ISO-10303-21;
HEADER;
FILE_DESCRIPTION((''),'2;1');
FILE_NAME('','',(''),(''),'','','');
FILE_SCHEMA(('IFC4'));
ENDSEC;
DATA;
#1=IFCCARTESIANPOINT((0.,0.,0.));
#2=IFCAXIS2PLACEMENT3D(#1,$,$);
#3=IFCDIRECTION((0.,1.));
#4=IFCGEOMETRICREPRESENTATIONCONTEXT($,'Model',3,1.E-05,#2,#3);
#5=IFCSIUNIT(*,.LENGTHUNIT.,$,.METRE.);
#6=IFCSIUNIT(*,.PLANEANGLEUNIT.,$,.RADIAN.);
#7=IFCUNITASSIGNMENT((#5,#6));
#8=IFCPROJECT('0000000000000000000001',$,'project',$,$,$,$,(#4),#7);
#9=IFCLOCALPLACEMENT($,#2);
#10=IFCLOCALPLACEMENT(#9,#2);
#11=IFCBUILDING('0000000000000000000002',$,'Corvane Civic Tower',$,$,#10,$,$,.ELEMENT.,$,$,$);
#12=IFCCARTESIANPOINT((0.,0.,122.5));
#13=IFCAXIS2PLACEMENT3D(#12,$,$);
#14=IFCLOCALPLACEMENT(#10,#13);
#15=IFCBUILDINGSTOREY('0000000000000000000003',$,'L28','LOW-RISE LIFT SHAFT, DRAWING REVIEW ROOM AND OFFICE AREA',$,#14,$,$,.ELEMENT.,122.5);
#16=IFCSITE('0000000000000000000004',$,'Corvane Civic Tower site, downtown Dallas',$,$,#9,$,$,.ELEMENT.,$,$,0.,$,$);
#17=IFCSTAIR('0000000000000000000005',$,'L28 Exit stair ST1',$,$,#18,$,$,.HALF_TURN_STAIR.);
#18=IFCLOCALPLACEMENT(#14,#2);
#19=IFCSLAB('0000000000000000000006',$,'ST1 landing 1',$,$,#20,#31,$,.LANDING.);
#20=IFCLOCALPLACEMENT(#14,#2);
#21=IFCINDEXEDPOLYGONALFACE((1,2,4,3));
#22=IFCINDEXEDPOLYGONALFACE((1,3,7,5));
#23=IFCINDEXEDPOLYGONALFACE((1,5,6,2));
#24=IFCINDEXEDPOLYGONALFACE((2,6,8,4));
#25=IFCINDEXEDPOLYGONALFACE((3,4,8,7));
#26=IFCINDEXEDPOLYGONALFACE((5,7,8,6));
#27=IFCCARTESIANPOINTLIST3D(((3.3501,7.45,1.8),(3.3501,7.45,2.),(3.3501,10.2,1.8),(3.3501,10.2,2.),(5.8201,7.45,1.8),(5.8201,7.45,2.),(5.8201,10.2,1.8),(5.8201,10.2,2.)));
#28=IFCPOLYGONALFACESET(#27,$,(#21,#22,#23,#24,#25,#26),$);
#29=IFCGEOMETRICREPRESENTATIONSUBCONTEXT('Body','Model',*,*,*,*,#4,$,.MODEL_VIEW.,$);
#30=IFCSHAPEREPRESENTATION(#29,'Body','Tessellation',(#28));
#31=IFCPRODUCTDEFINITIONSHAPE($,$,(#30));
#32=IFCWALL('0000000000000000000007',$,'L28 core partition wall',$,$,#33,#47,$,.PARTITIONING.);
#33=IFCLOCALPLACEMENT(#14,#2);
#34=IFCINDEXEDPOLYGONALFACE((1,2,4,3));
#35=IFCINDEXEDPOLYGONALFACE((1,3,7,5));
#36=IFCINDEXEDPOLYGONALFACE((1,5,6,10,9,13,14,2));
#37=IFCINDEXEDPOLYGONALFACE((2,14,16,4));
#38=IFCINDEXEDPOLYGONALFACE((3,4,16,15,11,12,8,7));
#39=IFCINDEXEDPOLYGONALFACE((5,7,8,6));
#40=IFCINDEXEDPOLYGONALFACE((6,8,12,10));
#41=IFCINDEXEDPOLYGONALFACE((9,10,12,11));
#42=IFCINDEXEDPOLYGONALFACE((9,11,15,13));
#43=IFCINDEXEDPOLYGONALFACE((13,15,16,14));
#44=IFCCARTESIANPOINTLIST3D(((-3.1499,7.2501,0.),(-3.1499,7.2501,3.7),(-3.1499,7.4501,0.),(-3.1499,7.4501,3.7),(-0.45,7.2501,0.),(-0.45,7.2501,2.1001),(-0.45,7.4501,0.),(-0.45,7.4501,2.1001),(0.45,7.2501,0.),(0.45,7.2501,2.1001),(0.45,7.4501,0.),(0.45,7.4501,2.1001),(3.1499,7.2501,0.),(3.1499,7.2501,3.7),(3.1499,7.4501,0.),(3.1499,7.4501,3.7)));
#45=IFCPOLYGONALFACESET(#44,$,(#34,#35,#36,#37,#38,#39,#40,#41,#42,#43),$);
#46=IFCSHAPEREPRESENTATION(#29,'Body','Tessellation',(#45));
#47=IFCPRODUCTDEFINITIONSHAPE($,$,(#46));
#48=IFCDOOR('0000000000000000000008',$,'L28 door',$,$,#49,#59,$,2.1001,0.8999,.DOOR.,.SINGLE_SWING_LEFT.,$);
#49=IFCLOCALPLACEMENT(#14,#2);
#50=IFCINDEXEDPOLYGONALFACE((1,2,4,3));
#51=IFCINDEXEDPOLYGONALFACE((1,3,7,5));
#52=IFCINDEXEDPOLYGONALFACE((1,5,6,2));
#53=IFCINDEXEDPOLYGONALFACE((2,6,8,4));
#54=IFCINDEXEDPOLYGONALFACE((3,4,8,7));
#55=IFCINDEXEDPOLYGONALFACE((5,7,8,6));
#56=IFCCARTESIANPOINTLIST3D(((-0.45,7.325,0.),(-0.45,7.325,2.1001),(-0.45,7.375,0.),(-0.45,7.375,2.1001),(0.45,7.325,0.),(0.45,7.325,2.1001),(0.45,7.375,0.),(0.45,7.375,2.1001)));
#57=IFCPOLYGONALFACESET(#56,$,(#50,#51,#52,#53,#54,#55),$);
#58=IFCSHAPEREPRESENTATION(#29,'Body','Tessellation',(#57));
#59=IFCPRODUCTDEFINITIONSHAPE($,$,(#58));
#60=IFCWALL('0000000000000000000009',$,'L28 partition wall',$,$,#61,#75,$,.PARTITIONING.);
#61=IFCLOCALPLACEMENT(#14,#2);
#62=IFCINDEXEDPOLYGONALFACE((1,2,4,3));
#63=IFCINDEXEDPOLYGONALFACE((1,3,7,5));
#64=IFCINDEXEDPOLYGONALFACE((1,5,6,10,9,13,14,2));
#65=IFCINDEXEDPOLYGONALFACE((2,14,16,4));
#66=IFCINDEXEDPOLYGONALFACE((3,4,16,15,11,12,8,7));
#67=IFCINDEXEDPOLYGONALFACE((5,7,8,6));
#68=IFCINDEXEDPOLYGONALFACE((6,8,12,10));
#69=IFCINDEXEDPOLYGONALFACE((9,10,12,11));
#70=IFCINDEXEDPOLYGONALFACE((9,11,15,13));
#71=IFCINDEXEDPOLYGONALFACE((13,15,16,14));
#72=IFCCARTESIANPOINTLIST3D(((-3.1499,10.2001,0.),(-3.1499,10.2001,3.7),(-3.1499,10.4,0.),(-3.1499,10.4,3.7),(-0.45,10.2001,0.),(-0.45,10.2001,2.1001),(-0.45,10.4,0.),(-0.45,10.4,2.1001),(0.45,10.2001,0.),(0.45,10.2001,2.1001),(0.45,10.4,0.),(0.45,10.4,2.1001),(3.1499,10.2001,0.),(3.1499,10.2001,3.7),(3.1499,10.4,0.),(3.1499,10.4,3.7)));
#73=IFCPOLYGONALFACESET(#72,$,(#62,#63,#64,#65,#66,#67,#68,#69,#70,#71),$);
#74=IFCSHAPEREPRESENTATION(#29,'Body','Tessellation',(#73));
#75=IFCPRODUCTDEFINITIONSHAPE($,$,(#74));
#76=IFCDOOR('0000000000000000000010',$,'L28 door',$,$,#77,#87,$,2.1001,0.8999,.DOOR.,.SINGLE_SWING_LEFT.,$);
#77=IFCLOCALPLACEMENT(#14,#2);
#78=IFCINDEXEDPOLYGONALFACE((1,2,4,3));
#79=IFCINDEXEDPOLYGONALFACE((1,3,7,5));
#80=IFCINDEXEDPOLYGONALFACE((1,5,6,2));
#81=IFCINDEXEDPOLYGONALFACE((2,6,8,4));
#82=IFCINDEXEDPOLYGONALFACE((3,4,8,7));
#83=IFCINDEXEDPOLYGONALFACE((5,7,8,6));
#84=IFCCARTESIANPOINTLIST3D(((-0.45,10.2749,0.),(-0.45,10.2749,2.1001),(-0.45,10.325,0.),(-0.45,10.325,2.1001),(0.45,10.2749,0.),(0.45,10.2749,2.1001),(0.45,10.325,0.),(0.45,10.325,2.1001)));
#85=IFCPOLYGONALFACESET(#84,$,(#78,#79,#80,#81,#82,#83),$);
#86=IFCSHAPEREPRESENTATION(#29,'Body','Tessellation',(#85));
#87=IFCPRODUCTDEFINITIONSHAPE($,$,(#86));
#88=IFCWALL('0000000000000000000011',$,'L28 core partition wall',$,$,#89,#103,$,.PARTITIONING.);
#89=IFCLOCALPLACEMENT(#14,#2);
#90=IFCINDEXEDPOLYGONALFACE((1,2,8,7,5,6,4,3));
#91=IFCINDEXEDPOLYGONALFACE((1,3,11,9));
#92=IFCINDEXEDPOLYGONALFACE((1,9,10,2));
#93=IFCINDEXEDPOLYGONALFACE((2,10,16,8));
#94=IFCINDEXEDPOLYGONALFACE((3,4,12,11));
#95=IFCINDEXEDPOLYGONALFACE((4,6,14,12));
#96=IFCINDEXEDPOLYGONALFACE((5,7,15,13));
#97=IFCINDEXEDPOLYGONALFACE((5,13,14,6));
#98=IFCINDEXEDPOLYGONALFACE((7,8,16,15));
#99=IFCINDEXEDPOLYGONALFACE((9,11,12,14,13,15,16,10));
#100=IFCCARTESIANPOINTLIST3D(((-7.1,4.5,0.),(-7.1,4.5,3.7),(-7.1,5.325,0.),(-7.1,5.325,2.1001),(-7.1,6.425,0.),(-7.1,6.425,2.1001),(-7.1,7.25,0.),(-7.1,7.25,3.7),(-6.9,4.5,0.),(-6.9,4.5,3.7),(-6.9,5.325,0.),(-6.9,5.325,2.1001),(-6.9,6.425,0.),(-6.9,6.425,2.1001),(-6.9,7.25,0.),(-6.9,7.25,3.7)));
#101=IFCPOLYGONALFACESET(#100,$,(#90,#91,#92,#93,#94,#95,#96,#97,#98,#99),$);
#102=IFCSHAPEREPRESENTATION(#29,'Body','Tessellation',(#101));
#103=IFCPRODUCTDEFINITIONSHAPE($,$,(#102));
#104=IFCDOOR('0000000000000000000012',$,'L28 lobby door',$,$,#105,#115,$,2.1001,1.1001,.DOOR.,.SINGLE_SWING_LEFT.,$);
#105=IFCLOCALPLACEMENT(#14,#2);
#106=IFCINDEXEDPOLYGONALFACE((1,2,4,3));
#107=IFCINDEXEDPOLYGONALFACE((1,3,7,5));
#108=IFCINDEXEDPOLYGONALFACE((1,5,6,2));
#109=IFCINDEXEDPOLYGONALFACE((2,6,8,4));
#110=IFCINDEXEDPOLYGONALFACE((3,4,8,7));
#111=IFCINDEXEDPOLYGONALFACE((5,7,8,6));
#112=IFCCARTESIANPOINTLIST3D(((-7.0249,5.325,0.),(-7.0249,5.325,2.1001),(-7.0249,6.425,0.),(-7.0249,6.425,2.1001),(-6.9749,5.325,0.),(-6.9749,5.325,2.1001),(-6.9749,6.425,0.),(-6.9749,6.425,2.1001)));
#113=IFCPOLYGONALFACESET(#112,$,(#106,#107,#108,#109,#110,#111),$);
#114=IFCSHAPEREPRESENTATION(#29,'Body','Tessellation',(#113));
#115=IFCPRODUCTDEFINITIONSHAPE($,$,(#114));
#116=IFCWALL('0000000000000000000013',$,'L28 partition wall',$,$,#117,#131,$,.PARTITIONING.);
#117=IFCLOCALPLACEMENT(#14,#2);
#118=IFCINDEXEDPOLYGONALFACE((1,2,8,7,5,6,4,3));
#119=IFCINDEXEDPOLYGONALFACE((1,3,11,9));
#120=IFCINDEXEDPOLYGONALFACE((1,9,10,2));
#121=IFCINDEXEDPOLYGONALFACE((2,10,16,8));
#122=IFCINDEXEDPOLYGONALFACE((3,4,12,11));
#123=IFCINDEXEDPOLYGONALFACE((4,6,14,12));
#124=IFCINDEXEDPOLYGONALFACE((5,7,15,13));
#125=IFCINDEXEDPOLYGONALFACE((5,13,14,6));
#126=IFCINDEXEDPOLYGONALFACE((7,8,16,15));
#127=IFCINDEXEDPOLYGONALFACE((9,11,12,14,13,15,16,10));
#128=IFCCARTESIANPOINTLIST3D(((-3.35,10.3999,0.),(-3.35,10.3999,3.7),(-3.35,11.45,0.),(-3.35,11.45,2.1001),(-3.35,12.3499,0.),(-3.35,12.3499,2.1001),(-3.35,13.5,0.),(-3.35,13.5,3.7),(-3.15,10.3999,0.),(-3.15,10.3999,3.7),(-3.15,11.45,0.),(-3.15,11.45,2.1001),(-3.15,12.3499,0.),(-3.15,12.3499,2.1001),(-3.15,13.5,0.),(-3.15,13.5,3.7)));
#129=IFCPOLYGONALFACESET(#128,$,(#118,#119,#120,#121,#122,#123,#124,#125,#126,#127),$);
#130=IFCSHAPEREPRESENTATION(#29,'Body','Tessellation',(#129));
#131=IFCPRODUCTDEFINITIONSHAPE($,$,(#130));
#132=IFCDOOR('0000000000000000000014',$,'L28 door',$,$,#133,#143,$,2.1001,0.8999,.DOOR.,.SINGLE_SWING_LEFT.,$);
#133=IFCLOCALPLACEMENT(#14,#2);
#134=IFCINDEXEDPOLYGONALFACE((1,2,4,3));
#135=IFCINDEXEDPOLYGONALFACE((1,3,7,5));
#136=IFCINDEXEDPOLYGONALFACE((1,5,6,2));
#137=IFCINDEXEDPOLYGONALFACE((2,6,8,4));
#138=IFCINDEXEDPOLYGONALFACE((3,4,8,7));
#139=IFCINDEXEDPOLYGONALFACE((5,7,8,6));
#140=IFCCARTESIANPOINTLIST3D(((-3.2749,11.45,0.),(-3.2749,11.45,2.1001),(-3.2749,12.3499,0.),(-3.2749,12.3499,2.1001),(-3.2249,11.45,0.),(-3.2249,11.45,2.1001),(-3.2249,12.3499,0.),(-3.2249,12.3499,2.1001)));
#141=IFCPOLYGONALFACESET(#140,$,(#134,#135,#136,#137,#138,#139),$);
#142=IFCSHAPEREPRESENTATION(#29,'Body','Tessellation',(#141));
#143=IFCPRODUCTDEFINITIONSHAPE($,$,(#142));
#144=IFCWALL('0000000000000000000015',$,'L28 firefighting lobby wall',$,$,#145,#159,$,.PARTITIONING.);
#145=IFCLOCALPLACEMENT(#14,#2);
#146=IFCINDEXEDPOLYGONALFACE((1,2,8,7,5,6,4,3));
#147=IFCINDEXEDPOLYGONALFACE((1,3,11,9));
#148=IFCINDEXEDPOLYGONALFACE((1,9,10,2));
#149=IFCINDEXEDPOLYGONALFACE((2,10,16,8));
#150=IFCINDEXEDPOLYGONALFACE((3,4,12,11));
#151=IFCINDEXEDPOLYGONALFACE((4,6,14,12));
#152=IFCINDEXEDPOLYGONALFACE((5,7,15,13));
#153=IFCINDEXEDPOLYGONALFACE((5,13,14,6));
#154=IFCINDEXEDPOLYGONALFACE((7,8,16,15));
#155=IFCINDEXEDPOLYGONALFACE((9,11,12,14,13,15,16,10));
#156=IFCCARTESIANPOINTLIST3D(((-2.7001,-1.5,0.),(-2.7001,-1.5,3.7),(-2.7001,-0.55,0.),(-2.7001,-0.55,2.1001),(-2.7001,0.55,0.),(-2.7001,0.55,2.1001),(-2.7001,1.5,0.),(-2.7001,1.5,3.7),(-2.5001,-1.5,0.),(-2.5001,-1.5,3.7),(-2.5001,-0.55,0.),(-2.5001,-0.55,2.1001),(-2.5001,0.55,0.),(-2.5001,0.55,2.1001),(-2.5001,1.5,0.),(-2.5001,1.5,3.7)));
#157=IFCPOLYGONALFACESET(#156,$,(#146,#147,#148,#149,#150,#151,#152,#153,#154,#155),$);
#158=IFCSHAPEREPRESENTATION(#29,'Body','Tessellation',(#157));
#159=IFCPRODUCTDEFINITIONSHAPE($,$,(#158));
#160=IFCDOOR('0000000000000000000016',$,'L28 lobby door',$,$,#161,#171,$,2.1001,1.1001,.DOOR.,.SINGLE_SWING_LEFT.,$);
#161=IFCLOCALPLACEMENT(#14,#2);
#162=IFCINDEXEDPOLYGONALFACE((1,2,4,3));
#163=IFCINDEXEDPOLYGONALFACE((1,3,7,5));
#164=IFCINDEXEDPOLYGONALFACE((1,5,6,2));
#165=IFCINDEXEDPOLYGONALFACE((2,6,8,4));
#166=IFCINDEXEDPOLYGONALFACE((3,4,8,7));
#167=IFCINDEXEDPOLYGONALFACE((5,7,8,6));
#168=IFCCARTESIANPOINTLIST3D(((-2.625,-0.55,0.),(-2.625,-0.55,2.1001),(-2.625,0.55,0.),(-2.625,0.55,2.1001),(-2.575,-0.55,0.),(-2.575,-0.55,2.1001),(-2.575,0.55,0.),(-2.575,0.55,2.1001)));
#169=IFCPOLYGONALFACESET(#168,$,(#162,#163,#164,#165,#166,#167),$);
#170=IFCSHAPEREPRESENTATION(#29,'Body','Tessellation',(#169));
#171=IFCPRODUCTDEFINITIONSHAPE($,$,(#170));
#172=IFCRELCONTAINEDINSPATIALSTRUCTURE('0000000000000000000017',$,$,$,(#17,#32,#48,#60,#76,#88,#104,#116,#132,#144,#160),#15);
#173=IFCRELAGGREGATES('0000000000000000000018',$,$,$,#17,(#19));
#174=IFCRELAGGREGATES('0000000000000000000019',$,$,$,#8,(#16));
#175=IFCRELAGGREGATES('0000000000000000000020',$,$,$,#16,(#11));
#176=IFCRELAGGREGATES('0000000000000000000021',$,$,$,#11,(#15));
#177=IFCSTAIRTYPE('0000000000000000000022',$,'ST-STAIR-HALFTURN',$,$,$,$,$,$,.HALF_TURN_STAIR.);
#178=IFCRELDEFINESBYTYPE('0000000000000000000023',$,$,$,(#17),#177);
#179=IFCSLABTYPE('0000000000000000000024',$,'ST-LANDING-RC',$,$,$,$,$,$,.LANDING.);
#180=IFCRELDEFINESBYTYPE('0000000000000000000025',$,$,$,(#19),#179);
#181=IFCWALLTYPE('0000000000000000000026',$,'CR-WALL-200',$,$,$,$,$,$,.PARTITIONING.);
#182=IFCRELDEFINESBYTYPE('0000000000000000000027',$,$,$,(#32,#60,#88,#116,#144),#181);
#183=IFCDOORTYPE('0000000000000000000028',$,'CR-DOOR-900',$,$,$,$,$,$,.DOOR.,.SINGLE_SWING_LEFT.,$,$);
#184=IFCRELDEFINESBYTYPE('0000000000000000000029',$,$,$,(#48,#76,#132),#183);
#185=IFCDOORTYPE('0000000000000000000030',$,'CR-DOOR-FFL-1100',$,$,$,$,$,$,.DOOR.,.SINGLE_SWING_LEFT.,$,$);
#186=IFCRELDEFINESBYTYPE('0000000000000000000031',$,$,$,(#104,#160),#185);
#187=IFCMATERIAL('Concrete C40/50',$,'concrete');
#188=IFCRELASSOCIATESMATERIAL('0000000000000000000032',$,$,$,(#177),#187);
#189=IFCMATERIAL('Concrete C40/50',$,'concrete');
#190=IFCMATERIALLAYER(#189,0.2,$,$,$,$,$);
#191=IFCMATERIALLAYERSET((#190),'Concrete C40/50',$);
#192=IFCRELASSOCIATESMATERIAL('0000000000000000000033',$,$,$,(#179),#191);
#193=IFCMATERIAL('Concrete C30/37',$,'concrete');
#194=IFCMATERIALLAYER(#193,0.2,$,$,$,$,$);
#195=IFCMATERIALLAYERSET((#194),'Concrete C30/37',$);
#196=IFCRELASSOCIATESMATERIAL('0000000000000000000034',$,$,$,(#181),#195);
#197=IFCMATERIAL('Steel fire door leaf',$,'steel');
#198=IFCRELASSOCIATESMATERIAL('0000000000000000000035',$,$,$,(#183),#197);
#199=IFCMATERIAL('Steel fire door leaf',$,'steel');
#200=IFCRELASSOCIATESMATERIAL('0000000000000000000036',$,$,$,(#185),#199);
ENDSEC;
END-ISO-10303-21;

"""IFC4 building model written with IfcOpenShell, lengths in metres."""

from ifc_helpers import new_model, si_unit, direction, frame, frame_2d, origin, place, context, subcontext, project, spatial, polyline, rectangle, outline, extrude, material, layer, layer_set, type_object, element, fill, aggregate, save


model = new_model("IFC4")

# Units and contexts
model_context = context("Model", 3, precision=1e-05, world=origin(), true_north=direction((0.0, 1.0)))
body_context = subcontext(model_context, "Body", "Model", "MODEL_VIEW")
ifc_project = project(units=[si_unit("LENGTHUNIT", "METRE"), si_unit("PLANEANGLEUNIT", "RADIAN")], contexts=[model_context])

# Site, building, storey
site_placement = place(None, origin())
site = spatial("IfcSite", under=ifc_project, at=site_placement, Name="Corvane Civic Tower site, downtown Dallas", CompositionType="ELEMENT", RefElevation=0.0)
building_placement = place(site_placement, origin())
building = spatial("IfcBuilding", under=site, at=building_placement, Name="Corvane Civic Tower", CompositionType="ELEMENT")
storey_placement = place(building_placement, frame((0.0, 0.0, 122.5)))
storey = spatial("IfcBuildingStorey", under=building, at=storey_placement, Name="L28", Description="LOW-RISE LIFT SHAFT, DRAWING REVIEW ROOM AND OFFICE AREA", CompositionType="ELEMENT", Elevation=122.5)

# Stair, slab
ifc_material_1 = material(Name="Concrete C40/50", Category="concrete")
stair_type = type_object("IfcStairType", Name="ST-STAIR-HALFTURN", PredefinedType="HALF_TURN_STAIR", material=ifc_material_1)
stair_1_placement = place(storey_placement, origin())
stair_1 = element("IfcStair", 1, at=stair_1_placement, inside=storey, type_object=stair_type, Name="L28 Exit stair ST1", PredefinedType="HALF_TURN_STAIR")
ifc_material_2 = material(Name="Concrete C40/50", Category="concrete")
ifc_layer_1 = layer(ifc_material_2, 0.2)
ifc_layer_set_1 = layer_set([ifc_layer_1], Name="Concrete C40/50")
slab_type_1 = type_object("IfcSlabType", Name="ST-LANDING-RC", PredefinedType="LANDING", material=ifc_layer_set_1)
slab_1_placement = place(storey_placement, frame((0.0, 0.0, 1.8)))
slab_1 = element("IfcSlab", 2, at=slab_1_placement, type_object=slab_type_1, Name="ST1 landing 1", PredefinedType="LANDING", context=body_context, shape_type="SweptSolid", body=[
    extrude(outline(polyline([(5.8201, 10.2), (3.3501, 10.2), (3.3501, 7.45), (5.8201, 7.45), (5.8201, 10.2)])), origin(), (0.0, 0.0, 1.0), 0.2),
])
aggregate(stair_1, [slab_1])

# Walls, openings, doors
ifc_material_3 = material(Name="Concrete C30/37", Category="concrete")
ifc_layer_2 = layer(ifc_material_3, 0.2)
ifc_layer_set_2 = layer_set([ifc_layer_2], Name="Concrete C30/37")
wall_type = type_object("IfcWallType", Name="CR-WALL-200", PredefinedType="PARTITIONING", material=ifc_layer_set_2)
wall_1_placement = place(storey_placement, frame((-3.1499, 7.3501, 0.0), z_axis=(0.0, 0.0, 1.0), x_axis=(1.0, 0.0, 0.0)))
wall_1 = element("IfcWall", 3, at=wall_1_placement, inside=storey, type_object=wall_type, Name="L28 core partition wall", PredefinedType="PARTITIONING", context=body_context, shape_type="SweptSolid", body=[
    extrude(rectangle(XDim=6.2998, YDim=0.2, at=frame_2d((3.1499, 0.0))), origin(), (0.0, 0.0, 1.0), 3.7),
])
opening_1_placement = place(wall_1_placement, frame((2.7, 0.0, 0.0)))
opening_1 = element("IfcOpeningElement", 4, at=opening_1_placement, cuts=wall_1, PredefinedType="OPENING", context=body_context, shape_type="SweptSolid", body=[
    extrude(rectangle(XDim=0.8999, YDim=2.1001, at=frame_2d((0.45, 1.05))), frame((0.0, 0.1099, 0.0), z_axis=(0.0, -1.0, 0.0), x_axis=(1.0, 0.0, 0.0)), (0.0, 0.0, 1.0), 0.22),
])
ifc_material_4 = material(Name="Steel fire door leaf", Category="steel")
door_type_1 = type_object("IfcDoorType", Name="CR-DOOR-900", OperationType="SINGLE_SWING_LEFT", PredefinedType="DOOR", material=ifc_material_4)
door_1_placement = place(opening_1_placement, origin())
door_1 = element("IfcDoor", 5, at=door_1_placement, inside=storey, type_object=door_type_1, Name="L28 door", OperationType="SINGLE_SWING_LEFT", OverallHeight=2.1001, OverallWidth=0.8999, PredefinedType="DOOR", context=body_context, shape_type="SweptSolid", body=[
    extrude(rectangle(XDim=0.8999, YDim=2.1001, at=frame_2d((0.45, 1.05))), frame((0.0, 0.0249, 0.0), z_axis=(0.0, -1.0, 0.0), x_axis=(1.0, 0.0, 0.0)), (0.0, 0.0, 1.0), 0.05),
])
fill(opening_1, door_1)
wall_2_placement = place(storey_placement, frame((-3.1499, 10.3, 0.0), z_axis=(0.0, 0.0, 1.0), x_axis=(1.0, 0.0, 0.0)))
wall_2 = element("IfcWall", 6, at=wall_2_placement, inside=storey, type_object=wall_type, Name="L28 partition wall", PredefinedType="PARTITIONING", context=body_context, shape_type="SweptSolid", body=[
    extrude(rectangle(XDim=6.2998, YDim=0.2, at=frame_2d((3.1499, 0.0))), origin(), (0.0, 0.0, 1.0), 3.7),
])
opening_2_placement = place(wall_2_placement, frame((2.7, 0.0, 0.0)))
opening_2 = element("IfcOpeningElement", 7, at=opening_2_placement, cuts=wall_2, PredefinedType="OPENING", context=body_context, shape_type="SweptSolid", body=[
    extrude(rectangle(XDim=0.8999, YDim=2.1001, at=frame_2d((0.45, 1.05))), frame((0.0, 0.1099, 0.0), z_axis=(0.0, -1.0, 0.0), x_axis=(1.0, 0.0, 0.0)), (0.0, 0.0, 1.0), 0.22),
])
door_2_placement = place(opening_2_placement, origin())
door_2 = element("IfcDoor", 8, at=door_2_placement, inside=storey, type_object=door_type_1, Name="L28 door", OperationType="SINGLE_SWING_LEFT", OverallHeight=2.1001, OverallWidth=0.8999, PredefinedType="DOOR", context=body_context, shape_type="SweptSolid", body=[
    extrude(rectangle(XDim=0.8999, YDim=2.1001, at=frame_2d((0.45, 1.05))), frame((0.0, 0.0249, 0.0), z_axis=(0.0, -1.0, 0.0), x_axis=(1.0, 0.0, 0.0)), (0.0, 0.0, 1.0), 0.05),
])
fill(opening_2, door_2)
wall_3_placement = place(storey_placement, frame((-7.0, 4.5, 0.0), z_axis=(0.0, 0.0, 1.0), x_axis=(0.0, 1.0, 0.0)))
wall_3 = element("IfcWall", 9, at=wall_3_placement, inside=storey, type_object=wall_type, Name="L28 core partition wall", PredefinedType="PARTITIONING", context=body_context, shape_type="SweptSolid", body=[
    extrude(rectangle(XDim=2.75, YDim=0.2, at=frame_2d((1.375, 0.0))), origin(), (0.0, 0.0, 1.0), 3.7),
])
opening_3_placement = place(wall_3_placement, frame((0.825, 0.0, 0.0)))
opening_3 = element("IfcOpeningElement", 10, at=opening_3_placement, cuts=wall_3, PredefinedType="OPENING", context=body_context, shape_type="SweptSolid", body=[
    extrude(rectangle(XDim=1.1001, YDim=2.1001, at=frame_2d((0.55, 1.05))), frame((0.0, 0.1099, 0.0), z_axis=(0.0, -1.0, 0.0), x_axis=(1.0, 0.0, 0.0)), (0.0, 0.0, 1.0), 0.22),
])
ifc_material_5 = material(Name="Steel fire door leaf", Category="steel")
door_type_2 = type_object("IfcDoorType", Name="CR-DOOR-FFL-1100", OperationType="SINGLE_SWING_LEFT", PredefinedType="DOOR", material=ifc_material_5)
door_3_placement = place(opening_3_placement, origin())
door_3 = element("IfcDoor", 11, at=door_3_placement, inside=storey, type_object=door_type_2, Name="L28 lobby door", OperationType="SINGLE_SWING_LEFT", OverallHeight=2.1001, OverallWidth=1.1001, PredefinedType="DOOR", context=body_context, shape_type="SweptSolid", body=[
    extrude(rectangle(XDim=1.1001, YDim=2.1001, at=frame_2d((0.55, 1.05))), frame((0.0, 0.0249, 0.0), z_axis=(0.0, -1.0, 0.0), x_axis=(1.0, 0.0, 0.0)), (0.0, 0.0, 1.0), 0.05),
])
fill(opening_3, door_3)
wall_4_placement = place(storey_placement, frame((-3.25, 10.3999, 0.0), z_axis=(0.0, 0.0, 1.0), x_axis=(0.0, 1.0, 0.0)))
wall_4 = element("IfcWall", 12, at=wall_4_placement, inside=storey, type_object=wall_type, Name="L28 partition wall", PredefinedType="PARTITIONING", context=body_context, shape_type="SweptSolid", body=[
    extrude(rectangle(XDim=3.1001, YDim=0.2, at=frame_2d((1.55, 0.0))), origin(), (0.0, 0.0, 1.0), 3.7),
])
opening_4_placement = place(wall_4_placement, frame((1.05, 0.0, 0.0)))
opening_4 = element("IfcOpeningElement", 13, at=opening_4_placement, cuts=wall_4, PredefinedType="OPENING", context=body_context, shape_type="SweptSolid", body=[
    extrude(rectangle(XDim=0.8999, YDim=2.1001, at=frame_2d((0.45, 1.05))), frame((0.0, 0.1099, 0.0), z_axis=(0.0, -1.0, 0.0), x_axis=(1.0, 0.0, 0.0)), (0.0, 0.0, 1.0), 0.22),
])
door_4_placement = place(opening_4_placement, origin())
door_4 = element("IfcDoor", 14, at=door_4_placement, inside=storey, type_object=door_type_1, Name="L28 door", OperationType="SINGLE_SWING_LEFT", OverallHeight=2.1001, OverallWidth=0.8999, PredefinedType="DOOR", context=body_context, shape_type="SweptSolid", body=[
    extrude(rectangle(XDim=0.8999, YDim=2.1001, at=frame_2d((0.45, 1.05))), frame((0.0, 0.0249, 0.0), z_axis=(0.0, -1.0, 0.0), x_axis=(1.0, 0.0, 0.0)), (0.0, 0.0, 1.0), 0.05),
])
fill(opening_4, door_4)
wall_5_placement = place(storey_placement, frame((-2.6001, -1.5, 0.0), z_axis=(0.0, 0.0, 1.0), x_axis=(0.0, 1.0, 0.0)))
wall_5 = element("IfcWall", 15, at=wall_5_placement, inside=storey, type_object=wall_type, Name="L28 firefighting lobby wall", PredefinedType="PARTITIONING", context=body_context, shape_type="SweptSolid", body=[
    extrude(rectangle(XDim=3.0, YDim=0.2, at=frame_2d((1.5, 0.0))), origin(), (0.0, 0.0, 1.0), 3.7),
])
opening_5_placement = place(wall_5_placement, frame((0.95, 0.0, 0.0)))
opening_5 = element("IfcOpeningElement", 16, at=opening_5_placement, cuts=wall_5, PredefinedType="OPENING", context=body_context, shape_type="SweptSolid", body=[
    extrude(rectangle(XDim=1.1001, YDim=2.1001, at=frame_2d((0.55, 1.05))), frame((0.0, 0.1099, 0.0), z_axis=(0.0, -1.0, 0.0), x_axis=(1.0, 0.0, 0.0)), (0.0, 0.0, 1.0), 0.22),
])
door_5_placement = place(opening_5_placement, origin())
door_5 = element("IfcDoor", 17, at=door_5_placement, inside=storey, type_object=door_type_2, Name="L28 lobby door", OperationType="SINGLE_SWING_LEFT", OverallHeight=2.1001, OverallWidth=1.1001, PredefinedType="DOOR", context=body_context, shape_type="SweptSolid", body=[
    extrude(rectangle(XDim=1.1001, YDim=2.1001, at=frame_2d((0.55, 1.05))), frame((0.0, 0.0249, 0.0), z_axis=(0.0, -1.0, 0.0), x_axis=(1.0, 0.0, 0.0)), (0.0, 0.0, 1.0), 0.05),
])
fill(opening_5, door_5)

save(model, "model.ifc")
